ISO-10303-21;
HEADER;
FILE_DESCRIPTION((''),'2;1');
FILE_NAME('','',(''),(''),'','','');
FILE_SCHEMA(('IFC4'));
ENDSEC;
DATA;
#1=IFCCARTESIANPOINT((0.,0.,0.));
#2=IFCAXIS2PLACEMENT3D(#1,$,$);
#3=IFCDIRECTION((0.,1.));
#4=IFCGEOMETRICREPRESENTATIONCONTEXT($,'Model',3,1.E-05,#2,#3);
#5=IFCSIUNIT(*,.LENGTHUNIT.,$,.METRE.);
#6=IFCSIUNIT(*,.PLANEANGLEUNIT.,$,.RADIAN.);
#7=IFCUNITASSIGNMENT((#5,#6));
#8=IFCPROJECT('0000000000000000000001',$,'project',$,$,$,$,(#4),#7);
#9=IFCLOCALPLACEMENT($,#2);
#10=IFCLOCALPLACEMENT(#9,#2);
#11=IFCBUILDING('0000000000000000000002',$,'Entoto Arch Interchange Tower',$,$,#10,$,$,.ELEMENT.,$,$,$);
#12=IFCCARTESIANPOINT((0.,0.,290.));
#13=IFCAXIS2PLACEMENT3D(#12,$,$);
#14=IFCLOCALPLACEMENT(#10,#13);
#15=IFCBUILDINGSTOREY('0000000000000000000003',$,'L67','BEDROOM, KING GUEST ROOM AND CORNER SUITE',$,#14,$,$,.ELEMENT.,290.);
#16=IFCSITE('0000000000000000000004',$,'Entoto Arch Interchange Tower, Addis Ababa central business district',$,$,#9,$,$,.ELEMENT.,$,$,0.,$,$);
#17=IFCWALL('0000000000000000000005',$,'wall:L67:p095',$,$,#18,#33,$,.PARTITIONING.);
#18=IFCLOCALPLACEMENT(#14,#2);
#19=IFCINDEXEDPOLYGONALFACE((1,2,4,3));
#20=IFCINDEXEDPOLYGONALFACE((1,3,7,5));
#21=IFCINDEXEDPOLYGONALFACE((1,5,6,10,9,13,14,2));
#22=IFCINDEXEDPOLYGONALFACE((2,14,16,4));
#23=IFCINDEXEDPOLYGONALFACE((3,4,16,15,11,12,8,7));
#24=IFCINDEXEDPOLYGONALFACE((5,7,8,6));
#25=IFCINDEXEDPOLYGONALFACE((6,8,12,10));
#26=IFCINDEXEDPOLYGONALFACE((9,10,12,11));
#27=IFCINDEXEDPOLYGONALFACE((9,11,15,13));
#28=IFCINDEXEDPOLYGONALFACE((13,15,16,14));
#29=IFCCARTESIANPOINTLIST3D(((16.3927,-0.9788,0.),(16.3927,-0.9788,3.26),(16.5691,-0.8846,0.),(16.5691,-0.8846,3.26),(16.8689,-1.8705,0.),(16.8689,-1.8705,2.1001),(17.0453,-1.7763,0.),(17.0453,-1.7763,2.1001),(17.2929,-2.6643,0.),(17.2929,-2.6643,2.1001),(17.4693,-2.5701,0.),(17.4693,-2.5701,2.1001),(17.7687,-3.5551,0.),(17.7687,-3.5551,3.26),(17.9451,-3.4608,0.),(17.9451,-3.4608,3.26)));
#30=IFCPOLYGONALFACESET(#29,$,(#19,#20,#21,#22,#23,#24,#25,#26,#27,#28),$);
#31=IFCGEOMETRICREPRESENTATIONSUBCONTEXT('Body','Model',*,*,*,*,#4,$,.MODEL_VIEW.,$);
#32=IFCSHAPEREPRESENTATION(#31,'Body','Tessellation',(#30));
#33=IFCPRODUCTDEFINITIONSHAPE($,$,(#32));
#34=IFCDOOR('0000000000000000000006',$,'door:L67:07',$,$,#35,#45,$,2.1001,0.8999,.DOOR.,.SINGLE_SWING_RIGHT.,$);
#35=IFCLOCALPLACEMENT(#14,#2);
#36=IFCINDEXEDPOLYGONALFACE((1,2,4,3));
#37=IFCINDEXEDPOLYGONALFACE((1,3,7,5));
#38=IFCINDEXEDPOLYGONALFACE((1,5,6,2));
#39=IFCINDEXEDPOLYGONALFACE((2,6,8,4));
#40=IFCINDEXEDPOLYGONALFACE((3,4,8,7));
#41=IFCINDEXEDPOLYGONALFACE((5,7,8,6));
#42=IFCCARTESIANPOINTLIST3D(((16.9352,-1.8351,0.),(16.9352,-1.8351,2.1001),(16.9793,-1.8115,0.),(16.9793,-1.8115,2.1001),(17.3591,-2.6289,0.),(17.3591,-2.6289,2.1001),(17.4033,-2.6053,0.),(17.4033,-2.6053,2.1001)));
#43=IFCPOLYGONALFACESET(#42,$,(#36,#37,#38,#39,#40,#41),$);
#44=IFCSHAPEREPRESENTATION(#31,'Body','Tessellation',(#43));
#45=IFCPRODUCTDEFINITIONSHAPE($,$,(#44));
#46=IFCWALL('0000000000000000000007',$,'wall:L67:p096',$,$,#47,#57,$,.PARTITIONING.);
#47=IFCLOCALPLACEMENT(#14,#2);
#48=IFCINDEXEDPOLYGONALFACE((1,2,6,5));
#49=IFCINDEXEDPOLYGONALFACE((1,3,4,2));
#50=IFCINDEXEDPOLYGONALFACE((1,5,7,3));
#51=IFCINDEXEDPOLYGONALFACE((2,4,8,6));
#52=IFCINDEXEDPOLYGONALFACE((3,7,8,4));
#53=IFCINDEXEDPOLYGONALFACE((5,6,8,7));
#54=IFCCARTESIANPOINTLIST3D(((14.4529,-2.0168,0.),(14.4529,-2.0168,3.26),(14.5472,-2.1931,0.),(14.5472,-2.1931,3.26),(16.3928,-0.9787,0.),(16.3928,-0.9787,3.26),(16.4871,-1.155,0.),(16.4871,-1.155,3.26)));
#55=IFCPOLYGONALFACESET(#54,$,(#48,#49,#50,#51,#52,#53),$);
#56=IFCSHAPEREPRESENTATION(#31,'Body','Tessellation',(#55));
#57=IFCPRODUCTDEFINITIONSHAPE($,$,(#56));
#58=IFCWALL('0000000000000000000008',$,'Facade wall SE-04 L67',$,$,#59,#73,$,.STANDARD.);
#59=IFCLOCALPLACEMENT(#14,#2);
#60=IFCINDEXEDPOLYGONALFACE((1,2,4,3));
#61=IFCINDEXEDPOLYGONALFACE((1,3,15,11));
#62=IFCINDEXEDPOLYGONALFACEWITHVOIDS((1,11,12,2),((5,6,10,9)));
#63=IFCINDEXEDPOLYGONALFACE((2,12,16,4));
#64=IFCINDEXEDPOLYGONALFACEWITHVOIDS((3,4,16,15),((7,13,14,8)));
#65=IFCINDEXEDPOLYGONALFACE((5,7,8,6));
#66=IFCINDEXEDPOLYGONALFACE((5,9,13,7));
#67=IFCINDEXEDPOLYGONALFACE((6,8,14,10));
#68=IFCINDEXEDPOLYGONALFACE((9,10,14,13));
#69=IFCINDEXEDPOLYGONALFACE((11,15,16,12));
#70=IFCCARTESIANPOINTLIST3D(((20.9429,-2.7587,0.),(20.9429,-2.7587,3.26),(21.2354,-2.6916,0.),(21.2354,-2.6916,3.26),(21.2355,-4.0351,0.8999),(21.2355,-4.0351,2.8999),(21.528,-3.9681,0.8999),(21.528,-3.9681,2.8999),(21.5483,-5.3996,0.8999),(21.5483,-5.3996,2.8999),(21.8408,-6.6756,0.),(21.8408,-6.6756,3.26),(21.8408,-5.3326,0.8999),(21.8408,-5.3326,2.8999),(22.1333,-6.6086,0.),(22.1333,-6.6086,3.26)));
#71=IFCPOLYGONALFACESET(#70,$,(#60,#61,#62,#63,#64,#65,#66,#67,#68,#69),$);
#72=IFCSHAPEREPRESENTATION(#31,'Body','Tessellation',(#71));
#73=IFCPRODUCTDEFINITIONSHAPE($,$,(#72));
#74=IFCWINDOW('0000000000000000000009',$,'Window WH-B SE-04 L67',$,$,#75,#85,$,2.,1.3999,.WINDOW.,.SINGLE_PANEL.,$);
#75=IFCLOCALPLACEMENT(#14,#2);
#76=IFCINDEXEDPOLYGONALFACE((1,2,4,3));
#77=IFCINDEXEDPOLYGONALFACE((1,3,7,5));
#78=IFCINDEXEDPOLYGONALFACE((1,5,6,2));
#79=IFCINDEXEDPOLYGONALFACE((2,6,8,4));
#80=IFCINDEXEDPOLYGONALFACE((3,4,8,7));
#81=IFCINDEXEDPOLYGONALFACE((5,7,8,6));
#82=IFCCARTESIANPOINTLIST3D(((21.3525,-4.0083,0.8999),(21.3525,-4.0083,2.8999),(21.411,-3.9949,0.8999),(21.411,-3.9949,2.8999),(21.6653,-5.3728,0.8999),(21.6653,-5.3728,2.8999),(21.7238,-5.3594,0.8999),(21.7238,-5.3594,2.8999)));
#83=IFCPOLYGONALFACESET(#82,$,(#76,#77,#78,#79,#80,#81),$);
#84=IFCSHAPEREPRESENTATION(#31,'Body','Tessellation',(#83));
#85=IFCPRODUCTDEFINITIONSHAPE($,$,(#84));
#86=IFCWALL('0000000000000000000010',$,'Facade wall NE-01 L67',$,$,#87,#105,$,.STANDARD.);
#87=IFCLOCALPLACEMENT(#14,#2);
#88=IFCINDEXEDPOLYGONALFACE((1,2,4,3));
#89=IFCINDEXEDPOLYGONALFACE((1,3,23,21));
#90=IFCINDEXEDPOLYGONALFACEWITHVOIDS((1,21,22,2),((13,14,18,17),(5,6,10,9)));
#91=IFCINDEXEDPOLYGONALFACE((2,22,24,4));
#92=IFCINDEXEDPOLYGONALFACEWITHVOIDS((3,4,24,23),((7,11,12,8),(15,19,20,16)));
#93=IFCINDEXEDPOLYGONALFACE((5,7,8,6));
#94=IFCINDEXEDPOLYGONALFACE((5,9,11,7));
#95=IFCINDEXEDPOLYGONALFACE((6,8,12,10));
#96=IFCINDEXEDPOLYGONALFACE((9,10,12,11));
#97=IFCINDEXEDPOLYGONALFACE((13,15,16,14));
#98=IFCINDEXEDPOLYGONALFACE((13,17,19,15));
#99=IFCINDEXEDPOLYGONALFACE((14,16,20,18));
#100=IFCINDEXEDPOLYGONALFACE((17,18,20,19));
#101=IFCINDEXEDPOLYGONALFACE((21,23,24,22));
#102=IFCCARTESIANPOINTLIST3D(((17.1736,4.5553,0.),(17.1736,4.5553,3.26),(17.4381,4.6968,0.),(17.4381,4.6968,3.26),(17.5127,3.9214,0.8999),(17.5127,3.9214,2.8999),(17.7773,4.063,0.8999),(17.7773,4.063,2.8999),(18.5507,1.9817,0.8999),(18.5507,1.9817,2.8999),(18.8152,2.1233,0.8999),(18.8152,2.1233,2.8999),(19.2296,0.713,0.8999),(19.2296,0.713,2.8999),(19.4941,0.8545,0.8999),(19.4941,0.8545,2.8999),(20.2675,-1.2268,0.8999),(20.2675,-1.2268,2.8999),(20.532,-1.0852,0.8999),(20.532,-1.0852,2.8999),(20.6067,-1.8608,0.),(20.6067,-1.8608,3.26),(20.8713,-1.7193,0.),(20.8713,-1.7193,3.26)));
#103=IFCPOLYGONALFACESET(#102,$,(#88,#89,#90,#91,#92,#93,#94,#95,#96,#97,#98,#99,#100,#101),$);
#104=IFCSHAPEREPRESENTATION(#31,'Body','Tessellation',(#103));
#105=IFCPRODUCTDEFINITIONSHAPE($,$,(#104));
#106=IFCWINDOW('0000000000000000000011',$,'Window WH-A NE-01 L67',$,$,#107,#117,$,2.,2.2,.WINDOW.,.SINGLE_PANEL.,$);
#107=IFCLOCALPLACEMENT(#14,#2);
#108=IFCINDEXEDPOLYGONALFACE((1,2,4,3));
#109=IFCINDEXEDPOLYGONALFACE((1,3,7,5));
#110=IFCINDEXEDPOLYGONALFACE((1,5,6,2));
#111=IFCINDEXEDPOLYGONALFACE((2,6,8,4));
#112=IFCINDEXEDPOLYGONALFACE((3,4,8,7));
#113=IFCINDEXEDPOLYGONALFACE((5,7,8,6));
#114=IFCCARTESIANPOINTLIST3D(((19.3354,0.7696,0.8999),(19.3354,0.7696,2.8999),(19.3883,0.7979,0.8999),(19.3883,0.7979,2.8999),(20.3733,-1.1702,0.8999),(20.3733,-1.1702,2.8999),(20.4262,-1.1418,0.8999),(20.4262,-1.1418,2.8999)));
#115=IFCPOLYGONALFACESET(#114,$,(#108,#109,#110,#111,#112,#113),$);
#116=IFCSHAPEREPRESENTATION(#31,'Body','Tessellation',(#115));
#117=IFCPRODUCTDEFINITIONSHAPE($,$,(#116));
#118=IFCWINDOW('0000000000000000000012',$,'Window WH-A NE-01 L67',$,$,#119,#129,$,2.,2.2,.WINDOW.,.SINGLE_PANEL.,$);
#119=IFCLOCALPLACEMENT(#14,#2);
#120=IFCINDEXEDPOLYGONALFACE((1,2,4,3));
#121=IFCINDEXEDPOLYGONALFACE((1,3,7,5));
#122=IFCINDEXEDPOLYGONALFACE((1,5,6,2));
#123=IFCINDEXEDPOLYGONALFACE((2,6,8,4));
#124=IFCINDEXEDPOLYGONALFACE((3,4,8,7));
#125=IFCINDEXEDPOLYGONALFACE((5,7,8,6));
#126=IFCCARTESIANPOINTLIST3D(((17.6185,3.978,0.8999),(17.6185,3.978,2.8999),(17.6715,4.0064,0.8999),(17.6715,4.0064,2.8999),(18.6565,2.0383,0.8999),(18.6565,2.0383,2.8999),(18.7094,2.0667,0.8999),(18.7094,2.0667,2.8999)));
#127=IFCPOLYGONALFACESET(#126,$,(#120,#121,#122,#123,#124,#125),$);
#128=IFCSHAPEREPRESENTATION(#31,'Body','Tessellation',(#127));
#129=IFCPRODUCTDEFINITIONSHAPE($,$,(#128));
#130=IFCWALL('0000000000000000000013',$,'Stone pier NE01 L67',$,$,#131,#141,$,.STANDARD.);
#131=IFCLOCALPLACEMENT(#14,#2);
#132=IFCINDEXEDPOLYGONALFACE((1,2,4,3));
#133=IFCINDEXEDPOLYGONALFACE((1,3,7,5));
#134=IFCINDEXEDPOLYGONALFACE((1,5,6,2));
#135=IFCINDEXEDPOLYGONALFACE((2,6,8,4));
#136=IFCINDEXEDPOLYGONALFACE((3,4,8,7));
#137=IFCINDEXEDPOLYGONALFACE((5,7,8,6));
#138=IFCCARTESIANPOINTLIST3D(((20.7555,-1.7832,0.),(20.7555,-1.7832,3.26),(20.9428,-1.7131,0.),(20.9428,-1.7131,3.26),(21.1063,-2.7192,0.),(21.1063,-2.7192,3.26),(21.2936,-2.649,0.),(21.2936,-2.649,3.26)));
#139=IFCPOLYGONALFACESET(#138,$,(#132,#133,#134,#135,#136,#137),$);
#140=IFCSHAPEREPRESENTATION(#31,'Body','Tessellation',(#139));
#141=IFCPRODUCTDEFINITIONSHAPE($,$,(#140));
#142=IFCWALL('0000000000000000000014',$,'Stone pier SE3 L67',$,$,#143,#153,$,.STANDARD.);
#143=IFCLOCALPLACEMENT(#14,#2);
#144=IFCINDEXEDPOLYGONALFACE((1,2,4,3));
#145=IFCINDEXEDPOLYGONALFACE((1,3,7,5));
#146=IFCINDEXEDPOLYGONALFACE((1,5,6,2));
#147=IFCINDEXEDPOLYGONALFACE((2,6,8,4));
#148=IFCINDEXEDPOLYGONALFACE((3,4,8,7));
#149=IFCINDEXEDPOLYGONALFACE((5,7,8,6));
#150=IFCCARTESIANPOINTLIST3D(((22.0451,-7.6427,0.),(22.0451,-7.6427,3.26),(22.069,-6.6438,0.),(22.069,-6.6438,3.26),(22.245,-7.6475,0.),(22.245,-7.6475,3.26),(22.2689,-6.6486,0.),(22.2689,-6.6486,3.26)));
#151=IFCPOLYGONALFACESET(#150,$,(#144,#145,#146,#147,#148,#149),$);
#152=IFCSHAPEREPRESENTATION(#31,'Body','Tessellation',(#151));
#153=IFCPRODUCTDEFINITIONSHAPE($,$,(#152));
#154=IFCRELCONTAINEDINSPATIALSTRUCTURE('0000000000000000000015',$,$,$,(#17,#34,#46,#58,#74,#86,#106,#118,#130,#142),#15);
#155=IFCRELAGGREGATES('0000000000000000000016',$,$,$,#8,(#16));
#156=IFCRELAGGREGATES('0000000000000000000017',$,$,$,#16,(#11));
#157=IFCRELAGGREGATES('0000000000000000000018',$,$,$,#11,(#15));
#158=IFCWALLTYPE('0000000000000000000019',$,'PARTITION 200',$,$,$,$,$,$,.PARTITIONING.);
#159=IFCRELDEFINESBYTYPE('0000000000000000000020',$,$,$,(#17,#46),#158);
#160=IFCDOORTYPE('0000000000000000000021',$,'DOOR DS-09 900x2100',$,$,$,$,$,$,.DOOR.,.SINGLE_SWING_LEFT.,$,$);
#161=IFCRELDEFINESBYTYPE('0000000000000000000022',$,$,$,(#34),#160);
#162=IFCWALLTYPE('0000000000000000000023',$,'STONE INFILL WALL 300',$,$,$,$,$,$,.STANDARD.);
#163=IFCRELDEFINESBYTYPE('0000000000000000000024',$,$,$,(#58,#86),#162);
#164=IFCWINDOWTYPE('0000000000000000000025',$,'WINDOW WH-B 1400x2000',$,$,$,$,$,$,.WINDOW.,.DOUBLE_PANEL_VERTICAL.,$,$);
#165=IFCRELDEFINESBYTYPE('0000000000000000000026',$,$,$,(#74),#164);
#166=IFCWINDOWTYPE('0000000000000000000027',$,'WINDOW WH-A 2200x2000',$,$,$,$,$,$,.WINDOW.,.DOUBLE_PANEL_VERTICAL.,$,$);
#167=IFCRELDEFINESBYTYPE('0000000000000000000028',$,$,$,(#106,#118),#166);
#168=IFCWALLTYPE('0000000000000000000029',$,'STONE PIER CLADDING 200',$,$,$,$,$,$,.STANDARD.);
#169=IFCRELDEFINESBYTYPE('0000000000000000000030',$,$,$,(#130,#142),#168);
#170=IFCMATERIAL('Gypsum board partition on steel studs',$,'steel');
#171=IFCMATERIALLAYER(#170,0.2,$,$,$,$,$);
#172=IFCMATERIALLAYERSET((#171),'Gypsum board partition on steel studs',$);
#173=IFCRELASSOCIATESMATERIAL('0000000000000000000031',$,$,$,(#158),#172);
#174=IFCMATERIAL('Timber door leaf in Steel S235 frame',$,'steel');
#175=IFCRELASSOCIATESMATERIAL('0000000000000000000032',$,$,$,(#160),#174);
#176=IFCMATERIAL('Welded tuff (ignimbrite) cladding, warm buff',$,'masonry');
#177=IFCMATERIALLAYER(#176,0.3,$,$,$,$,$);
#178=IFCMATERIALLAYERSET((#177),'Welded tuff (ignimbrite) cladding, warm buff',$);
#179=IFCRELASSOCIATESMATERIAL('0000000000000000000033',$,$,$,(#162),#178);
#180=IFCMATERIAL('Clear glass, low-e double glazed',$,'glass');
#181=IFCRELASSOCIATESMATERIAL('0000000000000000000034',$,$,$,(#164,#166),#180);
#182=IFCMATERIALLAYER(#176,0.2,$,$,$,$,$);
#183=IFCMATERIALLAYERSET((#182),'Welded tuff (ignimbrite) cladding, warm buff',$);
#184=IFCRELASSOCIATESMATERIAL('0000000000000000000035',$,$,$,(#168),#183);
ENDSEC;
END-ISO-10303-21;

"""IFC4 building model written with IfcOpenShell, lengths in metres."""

from ifc_helpers import new_model, si_unit, direction, frame, frame_2d, origin, place, context, subcontext, project, spatial, rectangle, extrude, material, layer, layer_set, type_object, element, fill, save


model = new_model("IFC4")

# Units and contexts
model_context = context("Model", 3, precision=1e-05, world=origin(), true_north=direction((0.0, 1.0)))
body_context = subcontext(model_context, "Body", "Model", "MODEL_VIEW")
ifc_project = project(units=[si_unit("LENGTHUNIT", "METRE"), si_unit("PLANEANGLEUNIT", "RADIAN")], contexts=[model_context])

# Site, building, storey
site_placement = place(None, origin())
site = spatial("IfcSite", under=ifc_project, at=site_placement, Name="Entoto Arch Interchange Tower, Addis Ababa central business district", CompositionType="ELEMENT", RefElevation=0.0)
building_placement = place(site_placement, origin())
building = spatial("IfcBuilding", under=site, at=building_placement, Name="Entoto Arch Interchange Tower", CompositionType="ELEMENT")
storey_placement = place(building_placement, frame((0.0, 0.0, 290.0)))
storey = spatial("IfcBuildingStorey", under=building, at=storey_placement, Name="L67", Description="BEDROOM, KING GUEST ROOM AND CORNER SUITE", CompositionType="ELEMENT", Elevation=290.0)

# Shared definitions
ifc_material_1 = material(Name="Gypsum board partition on steel studs", Category="steel")
ifc_layer_1 = layer(ifc_material_1, 0.2)
ifc_layer_set_1 = layer_set([ifc_layer_1], Name="Gypsum board partition on steel studs")
wall_type_1 = type_object("IfcWallType", Name="PARTITION 200", PredefinedType="PARTITIONING", material=ifc_layer_set_1)

# Shared definitions
ifc_material_2 = material(Name="Timber door leaf in Steel S235 frame", Category="steel")

# Wall, opening, door
wall_1_placement = place(storey_placement, frame((17.8569, -3.5081, 0.0), z_axis=(0.0, 0.0, 1.0), x_axis=(-0.471126, 0.882066, 0.0)))
wall_1 = element("IfcWall", 1, at=wall_1_placement, inside=storey, type_object=wall_type_1, Name="wall:L67:p095", PredefinedType="PARTITIONING", context=body_context, shape_type="SweptSolid", body=[
    extrude(rectangle(XDim=2.9207, YDim=0.2, at=frame_2d((1.4604, 0.0))), origin(), (0.0, 0.0, 1.0), 3.26),
])
opening_1_placement = place(wall_1_placement, frame((1.01, 0.0, 0.0)))
opening_1 = element("IfcOpeningElement", 2, at=opening_1_placement, cuts=wall_1, PredefinedType="OPENING", context=body_context, shape_type="SweptSolid", body=[
    extrude(rectangle(XDim=0.8999, YDim=2.1001, at=frame_2d((0.45, 1.05))), frame((0.0, 0.1099, 0.0), z_axis=(0.0, -1.0, 0.0), x_axis=(1.0, 0.0, 0.0)), (0.0, 0.0, 1.0), 0.22),
])
door_type_1 = type_object("IfcDoorType", Name="DOOR DS-09 900x2100", OperationType="SINGLE_SWING_LEFT", PredefinedType="DOOR", material=ifc_material_2)
door_1_placement = place(opening_1_placement, origin())
door_1 = element("IfcDoor", 3, at=door_1_placement, inside=storey, type_object=door_type_1, Name="door:L67:07", OperationType="SINGLE_SWING_RIGHT", OverallHeight=2.1001, OverallWidth=0.8999, PredefinedType="DOOR", context=body_context, shape_type="SweptSolid", body=[
    extrude(rectangle(XDim=0.8999, YDim=2.1001, at=frame_2d((0.45, 1.05))), frame((0.0, 0.0249, 0.0), z_axis=(0.0, -1.0, 0.0), x_axis=(1.0, 0.0, 0.0)), (0.0, 0.0, 1.0), 0.05),
])
fill(opening_1, door_1)

# Wall
wall_2_placement = place(storey_placement, frame((16.4399, -1.0669, 0.0), z_axis=(0.0, 0.0, 1.0), x_axis=(-0.881701, -0.471809, 0.0)))
element("IfcWall", 4, at=wall_2_placement, inside=storey, type_object=wall_type_1, Name="wall:L67:p096", PredefinedType="PARTITIONING", context=body_context, shape_type="SweptSolid", body=[
    extrude(rectangle(XDim=2.2002, YDim=0.2, at=frame_2d((1.1001, 0.0))), origin(), (0.0, 0.0, 1.0), 3.26),
])

# Wall, opening, window
ifc_material_3 = material(Name="Welded tuff (ignimbrite) cladding, warm buff", Category="masonry")
ifc_layer_2 = layer(ifc_material_3, 0.3)
ifc_layer_set_2 = layer_set([ifc_layer_2], Name="Welded tuff (ignimbrite) cladding, warm buff")
wall_type_2 = type_object("IfcWallType", Name="STONE INFILL WALL 300", PredefinedType="STANDARD", material=ifc_layer_set_2)
wall_3_placement = place(storey_placement, frame((21.9871, -6.6421, 0.0), z_axis=(0.0, 0.0, 1.0), x_axis=(-0.223448, 0.974716, 0.0)))
wall_3 = element("IfcWall", 5, at=wall_3_placement, inside=storey, type_object=wall_type_2, Name="Facade wall SE-04 L67", PredefinedType="STANDARD", context=body_context, shape_type="SweptSolid", body=[
    extrude(rectangle(XDim=4.0186, YDim=0.3, at=frame_2d((2.0093, 0.0))), origin(), (0.0, 0.0, 1.0), 3.26),
])
opening_2_placement = place(wall_3_placement, frame((1.3091, 0.0, 0.8999)))
opening_2 = element("IfcOpeningElement", 6, at=opening_2_placement, cuts=wall_3, PredefinedType="OPENING", context=body_context, shape_type="SweptSolid", body=[
    extrude(rectangle(XDim=1.3999, YDim=2.0, at=frame_2d((0.7, 1.0))), frame((0.0, 0.1602, 0.0), z_axis=(0.0, -1.0, 0.0), x_axis=(1.0, 0.0, 0.0)), (0.0, 0.0, 1.0), 0.3201),
])
ifc_material_4 = material(Name="Clear glass, low-e double glazed", Category="glass")
window_type_1 = type_object("IfcWindowType", Name="WINDOW WH-B 1400x2000", PartitioningType="DOUBLE_PANEL_VERTICAL", PredefinedType="WINDOW", material=ifc_material_4)
window_1_placement = place(opening_2_placement, origin())
window_1 = element("IfcWindow", 7, at=window_1_placement, inside=storey, type_object=window_type_1, Name="Window WH-B SE-04 L67", OverallHeight=2.0, OverallWidth=1.3999, PartitioningType="SINGLE_PANEL", PredefinedType="WINDOW", context=body_context, shape_type="SweptSolid", body=[
    extrude(rectangle(XDim=1.3999, YDim=2.0, at=frame_2d((0.7, 1.0))), frame((0.0, 0.03, 0.0), z_axis=(0.0, -1.0, 0.0), x_axis=(1.0, 0.0, 0.0)), (0.0, 0.0, 1.0), 0.0601),
])
fill(opening_2, window_1)

# Wall, openings, windows
wall_4_placement = place(storey_placement, frame((20.739, -1.79, 0.0), z_axis=(0.0, 0.0, 1.0), x_axis=(-0.471789, 0.881711, 0.0)))
wall_4 = element("IfcWall", 8, at=wall_4_placement, inside=storey, type_object=wall_type_2, Name="Facade wall NE-01 L67", PredefinedType="STANDARD", context=body_context, shape_type="SweptSolid", body=[
    extrude(rectangle(XDim=7.2769, YDim=0.3, at=frame_2d((3.6384, 0.0))), origin(), (0.0, 0.0, 1.0), 3.26),
])
opening_3_placement = place(wall_4_placement, frame((0.719, 0.0, 0.8999)))
opening_3 = element("IfcOpeningElement", 9, at=opening_3_placement, cuts=wall_4, PredefinedType="OPENING", context=body_context, shape_type="SweptSolid", body=[
    extrude(rectangle(XDim=2.2, YDim=2.0, at=frame_2d((1.1001, 1.0))), frame((0.0, 0.1602, 0.0), z_axis=(0.0, -1.0, 0.0), x_axis=(1.0, 0.0, 0.0)), (0.0, 0.0, 1.0), 0.3201),
])
opening_4_placement = place(wall_4_placement, frame((4.3579, 0.0, 0.8999)))
opening_4 = element("IfcOpeningElement", 10, at=opening_4_placement, cuts=wall_4, PredefinedType="OPENING", context=body_context, shape_type="SweptSolid", body=[
    extrude(rectangle(XDim=2.2, YDim=2.0, at=frame_2d((1.1001, 1.0))), frame((0.0, 0.1602, 0.0), z_axis=(0.0, -1.0, 0.0), x_axis=(1.0, 0.0, 0.0)), (0.0, 0.0, 1.0), 0.3201),
])
window_type_2 = type_object("IfcWindowType", Name="WINDOW WH-A 2200x2000", PartitioningType="DOUBLE_PANEL_VERTICAL", PredefinedType="WINDOW", material=ifc_material_4)
window_2_placement = place(opening_3_placement, origin())
window_2 = element("IfcWindow", 11, at=window_2_placement, inside=storey, type_object=window_type_2, Name="Window WH-A NE-01 L67", OverallHeight=2.0, OverallWidth=2.2, PartitioningType="SINGLE_PANEL", PredefinedType="WINDOW", context=body_context, shape_type="SweptSolid", body=[
    extrude(rectangle(XDim=2.2, YDim=2.0, at=frame_2d((1.1001, 1.0))), frame((0.0, 0.03, 0.0), z_axis=(0.0, -1.0, 0.0), x_axis=(1.0, 0.0, 0.0)), (0.0, 0.0, 1.0), 0.0601),
])
fill(opening_3, window_2)
window_3_placement = place(opening_4_placement, origin())
window_3 = element("IfcWindow", 12, at=window_3_placement, inside=storey, type_object=window_type_2, Name="Window WH-A NE-01 L67", OverallHeight=2.0, OverallWidth=2.2, PartitioningType="SINGLE_PANEL", PredefinedType="WINDOW", context=body_context, shape_type="SweptSolid", body=[
    extrude(rectangle(XDim=2.2, YDim=2.0, at=frame_2d((1.1001, 1.0))), frame((0.0, 0.03, 0.0), z_axis=(0.0, -1.0, 0.0), x_axis=(1.0, 0.0, 0.0)), (0.0, 0.0, 1.0), 0.0601),
])
fill(opening_4, window_3)

# Walls
ifc_layer_3 = layer(ifc_material_3, 0.2)
ifc_layer_set_3 = layer_set([ifc_layer_3], Name="Welded tuff (ignimbrite) cladding, warm buff")
wall_type_3 = type_object("IfcWallType", Name="STONE PIER CLADDING 200", PredefinedType="STANDARD", material=ifc_layer_set_3)
wall_5_placement = place(storey_placement, frame((21.2, -2.6841, 0.0), z_axis=(0.0, 0.0, 1.0), x_axis=(-0.350963, 0.936389, 0.0)))
element("IfcWall", 13, at=wall_5_placement, inside=storey, type_object=wall_type_3, Name="Stone pier NE01 L67", PredefinedType="STANDARD", context=body_context, shape_type="SweptSolid", body=[
    extrude(rectangle(XDim=0.9995, YDim=0.2, at=frame_2d((0.4998, 0.0))), origin(), (0.0, 0.0, 1.0), 3.26),
])
wall_6_placement = place(storey_placement, frame((22.145, -7.645, 0.0), z_axis=(0.0, 0.0, 1.0), x_axis=(0.023942, 0.999713, 0.0)))
element("IfcWall", 14, at=wall_6_placement, inside=storey, type_object=wall_type_3, Name="Stone pier SE3 L67", PredefinedType="STANDARD", context=body_context, shape_type="SweptSolid", body=[
    extrude(rectangle(XDim=0.9993, YDim=0.2, at=frame_2d((0.4995, 0.0))), origin(), (0.0, 0.0, 1.0), 3.26),
])

save(model, "model.ifc")
